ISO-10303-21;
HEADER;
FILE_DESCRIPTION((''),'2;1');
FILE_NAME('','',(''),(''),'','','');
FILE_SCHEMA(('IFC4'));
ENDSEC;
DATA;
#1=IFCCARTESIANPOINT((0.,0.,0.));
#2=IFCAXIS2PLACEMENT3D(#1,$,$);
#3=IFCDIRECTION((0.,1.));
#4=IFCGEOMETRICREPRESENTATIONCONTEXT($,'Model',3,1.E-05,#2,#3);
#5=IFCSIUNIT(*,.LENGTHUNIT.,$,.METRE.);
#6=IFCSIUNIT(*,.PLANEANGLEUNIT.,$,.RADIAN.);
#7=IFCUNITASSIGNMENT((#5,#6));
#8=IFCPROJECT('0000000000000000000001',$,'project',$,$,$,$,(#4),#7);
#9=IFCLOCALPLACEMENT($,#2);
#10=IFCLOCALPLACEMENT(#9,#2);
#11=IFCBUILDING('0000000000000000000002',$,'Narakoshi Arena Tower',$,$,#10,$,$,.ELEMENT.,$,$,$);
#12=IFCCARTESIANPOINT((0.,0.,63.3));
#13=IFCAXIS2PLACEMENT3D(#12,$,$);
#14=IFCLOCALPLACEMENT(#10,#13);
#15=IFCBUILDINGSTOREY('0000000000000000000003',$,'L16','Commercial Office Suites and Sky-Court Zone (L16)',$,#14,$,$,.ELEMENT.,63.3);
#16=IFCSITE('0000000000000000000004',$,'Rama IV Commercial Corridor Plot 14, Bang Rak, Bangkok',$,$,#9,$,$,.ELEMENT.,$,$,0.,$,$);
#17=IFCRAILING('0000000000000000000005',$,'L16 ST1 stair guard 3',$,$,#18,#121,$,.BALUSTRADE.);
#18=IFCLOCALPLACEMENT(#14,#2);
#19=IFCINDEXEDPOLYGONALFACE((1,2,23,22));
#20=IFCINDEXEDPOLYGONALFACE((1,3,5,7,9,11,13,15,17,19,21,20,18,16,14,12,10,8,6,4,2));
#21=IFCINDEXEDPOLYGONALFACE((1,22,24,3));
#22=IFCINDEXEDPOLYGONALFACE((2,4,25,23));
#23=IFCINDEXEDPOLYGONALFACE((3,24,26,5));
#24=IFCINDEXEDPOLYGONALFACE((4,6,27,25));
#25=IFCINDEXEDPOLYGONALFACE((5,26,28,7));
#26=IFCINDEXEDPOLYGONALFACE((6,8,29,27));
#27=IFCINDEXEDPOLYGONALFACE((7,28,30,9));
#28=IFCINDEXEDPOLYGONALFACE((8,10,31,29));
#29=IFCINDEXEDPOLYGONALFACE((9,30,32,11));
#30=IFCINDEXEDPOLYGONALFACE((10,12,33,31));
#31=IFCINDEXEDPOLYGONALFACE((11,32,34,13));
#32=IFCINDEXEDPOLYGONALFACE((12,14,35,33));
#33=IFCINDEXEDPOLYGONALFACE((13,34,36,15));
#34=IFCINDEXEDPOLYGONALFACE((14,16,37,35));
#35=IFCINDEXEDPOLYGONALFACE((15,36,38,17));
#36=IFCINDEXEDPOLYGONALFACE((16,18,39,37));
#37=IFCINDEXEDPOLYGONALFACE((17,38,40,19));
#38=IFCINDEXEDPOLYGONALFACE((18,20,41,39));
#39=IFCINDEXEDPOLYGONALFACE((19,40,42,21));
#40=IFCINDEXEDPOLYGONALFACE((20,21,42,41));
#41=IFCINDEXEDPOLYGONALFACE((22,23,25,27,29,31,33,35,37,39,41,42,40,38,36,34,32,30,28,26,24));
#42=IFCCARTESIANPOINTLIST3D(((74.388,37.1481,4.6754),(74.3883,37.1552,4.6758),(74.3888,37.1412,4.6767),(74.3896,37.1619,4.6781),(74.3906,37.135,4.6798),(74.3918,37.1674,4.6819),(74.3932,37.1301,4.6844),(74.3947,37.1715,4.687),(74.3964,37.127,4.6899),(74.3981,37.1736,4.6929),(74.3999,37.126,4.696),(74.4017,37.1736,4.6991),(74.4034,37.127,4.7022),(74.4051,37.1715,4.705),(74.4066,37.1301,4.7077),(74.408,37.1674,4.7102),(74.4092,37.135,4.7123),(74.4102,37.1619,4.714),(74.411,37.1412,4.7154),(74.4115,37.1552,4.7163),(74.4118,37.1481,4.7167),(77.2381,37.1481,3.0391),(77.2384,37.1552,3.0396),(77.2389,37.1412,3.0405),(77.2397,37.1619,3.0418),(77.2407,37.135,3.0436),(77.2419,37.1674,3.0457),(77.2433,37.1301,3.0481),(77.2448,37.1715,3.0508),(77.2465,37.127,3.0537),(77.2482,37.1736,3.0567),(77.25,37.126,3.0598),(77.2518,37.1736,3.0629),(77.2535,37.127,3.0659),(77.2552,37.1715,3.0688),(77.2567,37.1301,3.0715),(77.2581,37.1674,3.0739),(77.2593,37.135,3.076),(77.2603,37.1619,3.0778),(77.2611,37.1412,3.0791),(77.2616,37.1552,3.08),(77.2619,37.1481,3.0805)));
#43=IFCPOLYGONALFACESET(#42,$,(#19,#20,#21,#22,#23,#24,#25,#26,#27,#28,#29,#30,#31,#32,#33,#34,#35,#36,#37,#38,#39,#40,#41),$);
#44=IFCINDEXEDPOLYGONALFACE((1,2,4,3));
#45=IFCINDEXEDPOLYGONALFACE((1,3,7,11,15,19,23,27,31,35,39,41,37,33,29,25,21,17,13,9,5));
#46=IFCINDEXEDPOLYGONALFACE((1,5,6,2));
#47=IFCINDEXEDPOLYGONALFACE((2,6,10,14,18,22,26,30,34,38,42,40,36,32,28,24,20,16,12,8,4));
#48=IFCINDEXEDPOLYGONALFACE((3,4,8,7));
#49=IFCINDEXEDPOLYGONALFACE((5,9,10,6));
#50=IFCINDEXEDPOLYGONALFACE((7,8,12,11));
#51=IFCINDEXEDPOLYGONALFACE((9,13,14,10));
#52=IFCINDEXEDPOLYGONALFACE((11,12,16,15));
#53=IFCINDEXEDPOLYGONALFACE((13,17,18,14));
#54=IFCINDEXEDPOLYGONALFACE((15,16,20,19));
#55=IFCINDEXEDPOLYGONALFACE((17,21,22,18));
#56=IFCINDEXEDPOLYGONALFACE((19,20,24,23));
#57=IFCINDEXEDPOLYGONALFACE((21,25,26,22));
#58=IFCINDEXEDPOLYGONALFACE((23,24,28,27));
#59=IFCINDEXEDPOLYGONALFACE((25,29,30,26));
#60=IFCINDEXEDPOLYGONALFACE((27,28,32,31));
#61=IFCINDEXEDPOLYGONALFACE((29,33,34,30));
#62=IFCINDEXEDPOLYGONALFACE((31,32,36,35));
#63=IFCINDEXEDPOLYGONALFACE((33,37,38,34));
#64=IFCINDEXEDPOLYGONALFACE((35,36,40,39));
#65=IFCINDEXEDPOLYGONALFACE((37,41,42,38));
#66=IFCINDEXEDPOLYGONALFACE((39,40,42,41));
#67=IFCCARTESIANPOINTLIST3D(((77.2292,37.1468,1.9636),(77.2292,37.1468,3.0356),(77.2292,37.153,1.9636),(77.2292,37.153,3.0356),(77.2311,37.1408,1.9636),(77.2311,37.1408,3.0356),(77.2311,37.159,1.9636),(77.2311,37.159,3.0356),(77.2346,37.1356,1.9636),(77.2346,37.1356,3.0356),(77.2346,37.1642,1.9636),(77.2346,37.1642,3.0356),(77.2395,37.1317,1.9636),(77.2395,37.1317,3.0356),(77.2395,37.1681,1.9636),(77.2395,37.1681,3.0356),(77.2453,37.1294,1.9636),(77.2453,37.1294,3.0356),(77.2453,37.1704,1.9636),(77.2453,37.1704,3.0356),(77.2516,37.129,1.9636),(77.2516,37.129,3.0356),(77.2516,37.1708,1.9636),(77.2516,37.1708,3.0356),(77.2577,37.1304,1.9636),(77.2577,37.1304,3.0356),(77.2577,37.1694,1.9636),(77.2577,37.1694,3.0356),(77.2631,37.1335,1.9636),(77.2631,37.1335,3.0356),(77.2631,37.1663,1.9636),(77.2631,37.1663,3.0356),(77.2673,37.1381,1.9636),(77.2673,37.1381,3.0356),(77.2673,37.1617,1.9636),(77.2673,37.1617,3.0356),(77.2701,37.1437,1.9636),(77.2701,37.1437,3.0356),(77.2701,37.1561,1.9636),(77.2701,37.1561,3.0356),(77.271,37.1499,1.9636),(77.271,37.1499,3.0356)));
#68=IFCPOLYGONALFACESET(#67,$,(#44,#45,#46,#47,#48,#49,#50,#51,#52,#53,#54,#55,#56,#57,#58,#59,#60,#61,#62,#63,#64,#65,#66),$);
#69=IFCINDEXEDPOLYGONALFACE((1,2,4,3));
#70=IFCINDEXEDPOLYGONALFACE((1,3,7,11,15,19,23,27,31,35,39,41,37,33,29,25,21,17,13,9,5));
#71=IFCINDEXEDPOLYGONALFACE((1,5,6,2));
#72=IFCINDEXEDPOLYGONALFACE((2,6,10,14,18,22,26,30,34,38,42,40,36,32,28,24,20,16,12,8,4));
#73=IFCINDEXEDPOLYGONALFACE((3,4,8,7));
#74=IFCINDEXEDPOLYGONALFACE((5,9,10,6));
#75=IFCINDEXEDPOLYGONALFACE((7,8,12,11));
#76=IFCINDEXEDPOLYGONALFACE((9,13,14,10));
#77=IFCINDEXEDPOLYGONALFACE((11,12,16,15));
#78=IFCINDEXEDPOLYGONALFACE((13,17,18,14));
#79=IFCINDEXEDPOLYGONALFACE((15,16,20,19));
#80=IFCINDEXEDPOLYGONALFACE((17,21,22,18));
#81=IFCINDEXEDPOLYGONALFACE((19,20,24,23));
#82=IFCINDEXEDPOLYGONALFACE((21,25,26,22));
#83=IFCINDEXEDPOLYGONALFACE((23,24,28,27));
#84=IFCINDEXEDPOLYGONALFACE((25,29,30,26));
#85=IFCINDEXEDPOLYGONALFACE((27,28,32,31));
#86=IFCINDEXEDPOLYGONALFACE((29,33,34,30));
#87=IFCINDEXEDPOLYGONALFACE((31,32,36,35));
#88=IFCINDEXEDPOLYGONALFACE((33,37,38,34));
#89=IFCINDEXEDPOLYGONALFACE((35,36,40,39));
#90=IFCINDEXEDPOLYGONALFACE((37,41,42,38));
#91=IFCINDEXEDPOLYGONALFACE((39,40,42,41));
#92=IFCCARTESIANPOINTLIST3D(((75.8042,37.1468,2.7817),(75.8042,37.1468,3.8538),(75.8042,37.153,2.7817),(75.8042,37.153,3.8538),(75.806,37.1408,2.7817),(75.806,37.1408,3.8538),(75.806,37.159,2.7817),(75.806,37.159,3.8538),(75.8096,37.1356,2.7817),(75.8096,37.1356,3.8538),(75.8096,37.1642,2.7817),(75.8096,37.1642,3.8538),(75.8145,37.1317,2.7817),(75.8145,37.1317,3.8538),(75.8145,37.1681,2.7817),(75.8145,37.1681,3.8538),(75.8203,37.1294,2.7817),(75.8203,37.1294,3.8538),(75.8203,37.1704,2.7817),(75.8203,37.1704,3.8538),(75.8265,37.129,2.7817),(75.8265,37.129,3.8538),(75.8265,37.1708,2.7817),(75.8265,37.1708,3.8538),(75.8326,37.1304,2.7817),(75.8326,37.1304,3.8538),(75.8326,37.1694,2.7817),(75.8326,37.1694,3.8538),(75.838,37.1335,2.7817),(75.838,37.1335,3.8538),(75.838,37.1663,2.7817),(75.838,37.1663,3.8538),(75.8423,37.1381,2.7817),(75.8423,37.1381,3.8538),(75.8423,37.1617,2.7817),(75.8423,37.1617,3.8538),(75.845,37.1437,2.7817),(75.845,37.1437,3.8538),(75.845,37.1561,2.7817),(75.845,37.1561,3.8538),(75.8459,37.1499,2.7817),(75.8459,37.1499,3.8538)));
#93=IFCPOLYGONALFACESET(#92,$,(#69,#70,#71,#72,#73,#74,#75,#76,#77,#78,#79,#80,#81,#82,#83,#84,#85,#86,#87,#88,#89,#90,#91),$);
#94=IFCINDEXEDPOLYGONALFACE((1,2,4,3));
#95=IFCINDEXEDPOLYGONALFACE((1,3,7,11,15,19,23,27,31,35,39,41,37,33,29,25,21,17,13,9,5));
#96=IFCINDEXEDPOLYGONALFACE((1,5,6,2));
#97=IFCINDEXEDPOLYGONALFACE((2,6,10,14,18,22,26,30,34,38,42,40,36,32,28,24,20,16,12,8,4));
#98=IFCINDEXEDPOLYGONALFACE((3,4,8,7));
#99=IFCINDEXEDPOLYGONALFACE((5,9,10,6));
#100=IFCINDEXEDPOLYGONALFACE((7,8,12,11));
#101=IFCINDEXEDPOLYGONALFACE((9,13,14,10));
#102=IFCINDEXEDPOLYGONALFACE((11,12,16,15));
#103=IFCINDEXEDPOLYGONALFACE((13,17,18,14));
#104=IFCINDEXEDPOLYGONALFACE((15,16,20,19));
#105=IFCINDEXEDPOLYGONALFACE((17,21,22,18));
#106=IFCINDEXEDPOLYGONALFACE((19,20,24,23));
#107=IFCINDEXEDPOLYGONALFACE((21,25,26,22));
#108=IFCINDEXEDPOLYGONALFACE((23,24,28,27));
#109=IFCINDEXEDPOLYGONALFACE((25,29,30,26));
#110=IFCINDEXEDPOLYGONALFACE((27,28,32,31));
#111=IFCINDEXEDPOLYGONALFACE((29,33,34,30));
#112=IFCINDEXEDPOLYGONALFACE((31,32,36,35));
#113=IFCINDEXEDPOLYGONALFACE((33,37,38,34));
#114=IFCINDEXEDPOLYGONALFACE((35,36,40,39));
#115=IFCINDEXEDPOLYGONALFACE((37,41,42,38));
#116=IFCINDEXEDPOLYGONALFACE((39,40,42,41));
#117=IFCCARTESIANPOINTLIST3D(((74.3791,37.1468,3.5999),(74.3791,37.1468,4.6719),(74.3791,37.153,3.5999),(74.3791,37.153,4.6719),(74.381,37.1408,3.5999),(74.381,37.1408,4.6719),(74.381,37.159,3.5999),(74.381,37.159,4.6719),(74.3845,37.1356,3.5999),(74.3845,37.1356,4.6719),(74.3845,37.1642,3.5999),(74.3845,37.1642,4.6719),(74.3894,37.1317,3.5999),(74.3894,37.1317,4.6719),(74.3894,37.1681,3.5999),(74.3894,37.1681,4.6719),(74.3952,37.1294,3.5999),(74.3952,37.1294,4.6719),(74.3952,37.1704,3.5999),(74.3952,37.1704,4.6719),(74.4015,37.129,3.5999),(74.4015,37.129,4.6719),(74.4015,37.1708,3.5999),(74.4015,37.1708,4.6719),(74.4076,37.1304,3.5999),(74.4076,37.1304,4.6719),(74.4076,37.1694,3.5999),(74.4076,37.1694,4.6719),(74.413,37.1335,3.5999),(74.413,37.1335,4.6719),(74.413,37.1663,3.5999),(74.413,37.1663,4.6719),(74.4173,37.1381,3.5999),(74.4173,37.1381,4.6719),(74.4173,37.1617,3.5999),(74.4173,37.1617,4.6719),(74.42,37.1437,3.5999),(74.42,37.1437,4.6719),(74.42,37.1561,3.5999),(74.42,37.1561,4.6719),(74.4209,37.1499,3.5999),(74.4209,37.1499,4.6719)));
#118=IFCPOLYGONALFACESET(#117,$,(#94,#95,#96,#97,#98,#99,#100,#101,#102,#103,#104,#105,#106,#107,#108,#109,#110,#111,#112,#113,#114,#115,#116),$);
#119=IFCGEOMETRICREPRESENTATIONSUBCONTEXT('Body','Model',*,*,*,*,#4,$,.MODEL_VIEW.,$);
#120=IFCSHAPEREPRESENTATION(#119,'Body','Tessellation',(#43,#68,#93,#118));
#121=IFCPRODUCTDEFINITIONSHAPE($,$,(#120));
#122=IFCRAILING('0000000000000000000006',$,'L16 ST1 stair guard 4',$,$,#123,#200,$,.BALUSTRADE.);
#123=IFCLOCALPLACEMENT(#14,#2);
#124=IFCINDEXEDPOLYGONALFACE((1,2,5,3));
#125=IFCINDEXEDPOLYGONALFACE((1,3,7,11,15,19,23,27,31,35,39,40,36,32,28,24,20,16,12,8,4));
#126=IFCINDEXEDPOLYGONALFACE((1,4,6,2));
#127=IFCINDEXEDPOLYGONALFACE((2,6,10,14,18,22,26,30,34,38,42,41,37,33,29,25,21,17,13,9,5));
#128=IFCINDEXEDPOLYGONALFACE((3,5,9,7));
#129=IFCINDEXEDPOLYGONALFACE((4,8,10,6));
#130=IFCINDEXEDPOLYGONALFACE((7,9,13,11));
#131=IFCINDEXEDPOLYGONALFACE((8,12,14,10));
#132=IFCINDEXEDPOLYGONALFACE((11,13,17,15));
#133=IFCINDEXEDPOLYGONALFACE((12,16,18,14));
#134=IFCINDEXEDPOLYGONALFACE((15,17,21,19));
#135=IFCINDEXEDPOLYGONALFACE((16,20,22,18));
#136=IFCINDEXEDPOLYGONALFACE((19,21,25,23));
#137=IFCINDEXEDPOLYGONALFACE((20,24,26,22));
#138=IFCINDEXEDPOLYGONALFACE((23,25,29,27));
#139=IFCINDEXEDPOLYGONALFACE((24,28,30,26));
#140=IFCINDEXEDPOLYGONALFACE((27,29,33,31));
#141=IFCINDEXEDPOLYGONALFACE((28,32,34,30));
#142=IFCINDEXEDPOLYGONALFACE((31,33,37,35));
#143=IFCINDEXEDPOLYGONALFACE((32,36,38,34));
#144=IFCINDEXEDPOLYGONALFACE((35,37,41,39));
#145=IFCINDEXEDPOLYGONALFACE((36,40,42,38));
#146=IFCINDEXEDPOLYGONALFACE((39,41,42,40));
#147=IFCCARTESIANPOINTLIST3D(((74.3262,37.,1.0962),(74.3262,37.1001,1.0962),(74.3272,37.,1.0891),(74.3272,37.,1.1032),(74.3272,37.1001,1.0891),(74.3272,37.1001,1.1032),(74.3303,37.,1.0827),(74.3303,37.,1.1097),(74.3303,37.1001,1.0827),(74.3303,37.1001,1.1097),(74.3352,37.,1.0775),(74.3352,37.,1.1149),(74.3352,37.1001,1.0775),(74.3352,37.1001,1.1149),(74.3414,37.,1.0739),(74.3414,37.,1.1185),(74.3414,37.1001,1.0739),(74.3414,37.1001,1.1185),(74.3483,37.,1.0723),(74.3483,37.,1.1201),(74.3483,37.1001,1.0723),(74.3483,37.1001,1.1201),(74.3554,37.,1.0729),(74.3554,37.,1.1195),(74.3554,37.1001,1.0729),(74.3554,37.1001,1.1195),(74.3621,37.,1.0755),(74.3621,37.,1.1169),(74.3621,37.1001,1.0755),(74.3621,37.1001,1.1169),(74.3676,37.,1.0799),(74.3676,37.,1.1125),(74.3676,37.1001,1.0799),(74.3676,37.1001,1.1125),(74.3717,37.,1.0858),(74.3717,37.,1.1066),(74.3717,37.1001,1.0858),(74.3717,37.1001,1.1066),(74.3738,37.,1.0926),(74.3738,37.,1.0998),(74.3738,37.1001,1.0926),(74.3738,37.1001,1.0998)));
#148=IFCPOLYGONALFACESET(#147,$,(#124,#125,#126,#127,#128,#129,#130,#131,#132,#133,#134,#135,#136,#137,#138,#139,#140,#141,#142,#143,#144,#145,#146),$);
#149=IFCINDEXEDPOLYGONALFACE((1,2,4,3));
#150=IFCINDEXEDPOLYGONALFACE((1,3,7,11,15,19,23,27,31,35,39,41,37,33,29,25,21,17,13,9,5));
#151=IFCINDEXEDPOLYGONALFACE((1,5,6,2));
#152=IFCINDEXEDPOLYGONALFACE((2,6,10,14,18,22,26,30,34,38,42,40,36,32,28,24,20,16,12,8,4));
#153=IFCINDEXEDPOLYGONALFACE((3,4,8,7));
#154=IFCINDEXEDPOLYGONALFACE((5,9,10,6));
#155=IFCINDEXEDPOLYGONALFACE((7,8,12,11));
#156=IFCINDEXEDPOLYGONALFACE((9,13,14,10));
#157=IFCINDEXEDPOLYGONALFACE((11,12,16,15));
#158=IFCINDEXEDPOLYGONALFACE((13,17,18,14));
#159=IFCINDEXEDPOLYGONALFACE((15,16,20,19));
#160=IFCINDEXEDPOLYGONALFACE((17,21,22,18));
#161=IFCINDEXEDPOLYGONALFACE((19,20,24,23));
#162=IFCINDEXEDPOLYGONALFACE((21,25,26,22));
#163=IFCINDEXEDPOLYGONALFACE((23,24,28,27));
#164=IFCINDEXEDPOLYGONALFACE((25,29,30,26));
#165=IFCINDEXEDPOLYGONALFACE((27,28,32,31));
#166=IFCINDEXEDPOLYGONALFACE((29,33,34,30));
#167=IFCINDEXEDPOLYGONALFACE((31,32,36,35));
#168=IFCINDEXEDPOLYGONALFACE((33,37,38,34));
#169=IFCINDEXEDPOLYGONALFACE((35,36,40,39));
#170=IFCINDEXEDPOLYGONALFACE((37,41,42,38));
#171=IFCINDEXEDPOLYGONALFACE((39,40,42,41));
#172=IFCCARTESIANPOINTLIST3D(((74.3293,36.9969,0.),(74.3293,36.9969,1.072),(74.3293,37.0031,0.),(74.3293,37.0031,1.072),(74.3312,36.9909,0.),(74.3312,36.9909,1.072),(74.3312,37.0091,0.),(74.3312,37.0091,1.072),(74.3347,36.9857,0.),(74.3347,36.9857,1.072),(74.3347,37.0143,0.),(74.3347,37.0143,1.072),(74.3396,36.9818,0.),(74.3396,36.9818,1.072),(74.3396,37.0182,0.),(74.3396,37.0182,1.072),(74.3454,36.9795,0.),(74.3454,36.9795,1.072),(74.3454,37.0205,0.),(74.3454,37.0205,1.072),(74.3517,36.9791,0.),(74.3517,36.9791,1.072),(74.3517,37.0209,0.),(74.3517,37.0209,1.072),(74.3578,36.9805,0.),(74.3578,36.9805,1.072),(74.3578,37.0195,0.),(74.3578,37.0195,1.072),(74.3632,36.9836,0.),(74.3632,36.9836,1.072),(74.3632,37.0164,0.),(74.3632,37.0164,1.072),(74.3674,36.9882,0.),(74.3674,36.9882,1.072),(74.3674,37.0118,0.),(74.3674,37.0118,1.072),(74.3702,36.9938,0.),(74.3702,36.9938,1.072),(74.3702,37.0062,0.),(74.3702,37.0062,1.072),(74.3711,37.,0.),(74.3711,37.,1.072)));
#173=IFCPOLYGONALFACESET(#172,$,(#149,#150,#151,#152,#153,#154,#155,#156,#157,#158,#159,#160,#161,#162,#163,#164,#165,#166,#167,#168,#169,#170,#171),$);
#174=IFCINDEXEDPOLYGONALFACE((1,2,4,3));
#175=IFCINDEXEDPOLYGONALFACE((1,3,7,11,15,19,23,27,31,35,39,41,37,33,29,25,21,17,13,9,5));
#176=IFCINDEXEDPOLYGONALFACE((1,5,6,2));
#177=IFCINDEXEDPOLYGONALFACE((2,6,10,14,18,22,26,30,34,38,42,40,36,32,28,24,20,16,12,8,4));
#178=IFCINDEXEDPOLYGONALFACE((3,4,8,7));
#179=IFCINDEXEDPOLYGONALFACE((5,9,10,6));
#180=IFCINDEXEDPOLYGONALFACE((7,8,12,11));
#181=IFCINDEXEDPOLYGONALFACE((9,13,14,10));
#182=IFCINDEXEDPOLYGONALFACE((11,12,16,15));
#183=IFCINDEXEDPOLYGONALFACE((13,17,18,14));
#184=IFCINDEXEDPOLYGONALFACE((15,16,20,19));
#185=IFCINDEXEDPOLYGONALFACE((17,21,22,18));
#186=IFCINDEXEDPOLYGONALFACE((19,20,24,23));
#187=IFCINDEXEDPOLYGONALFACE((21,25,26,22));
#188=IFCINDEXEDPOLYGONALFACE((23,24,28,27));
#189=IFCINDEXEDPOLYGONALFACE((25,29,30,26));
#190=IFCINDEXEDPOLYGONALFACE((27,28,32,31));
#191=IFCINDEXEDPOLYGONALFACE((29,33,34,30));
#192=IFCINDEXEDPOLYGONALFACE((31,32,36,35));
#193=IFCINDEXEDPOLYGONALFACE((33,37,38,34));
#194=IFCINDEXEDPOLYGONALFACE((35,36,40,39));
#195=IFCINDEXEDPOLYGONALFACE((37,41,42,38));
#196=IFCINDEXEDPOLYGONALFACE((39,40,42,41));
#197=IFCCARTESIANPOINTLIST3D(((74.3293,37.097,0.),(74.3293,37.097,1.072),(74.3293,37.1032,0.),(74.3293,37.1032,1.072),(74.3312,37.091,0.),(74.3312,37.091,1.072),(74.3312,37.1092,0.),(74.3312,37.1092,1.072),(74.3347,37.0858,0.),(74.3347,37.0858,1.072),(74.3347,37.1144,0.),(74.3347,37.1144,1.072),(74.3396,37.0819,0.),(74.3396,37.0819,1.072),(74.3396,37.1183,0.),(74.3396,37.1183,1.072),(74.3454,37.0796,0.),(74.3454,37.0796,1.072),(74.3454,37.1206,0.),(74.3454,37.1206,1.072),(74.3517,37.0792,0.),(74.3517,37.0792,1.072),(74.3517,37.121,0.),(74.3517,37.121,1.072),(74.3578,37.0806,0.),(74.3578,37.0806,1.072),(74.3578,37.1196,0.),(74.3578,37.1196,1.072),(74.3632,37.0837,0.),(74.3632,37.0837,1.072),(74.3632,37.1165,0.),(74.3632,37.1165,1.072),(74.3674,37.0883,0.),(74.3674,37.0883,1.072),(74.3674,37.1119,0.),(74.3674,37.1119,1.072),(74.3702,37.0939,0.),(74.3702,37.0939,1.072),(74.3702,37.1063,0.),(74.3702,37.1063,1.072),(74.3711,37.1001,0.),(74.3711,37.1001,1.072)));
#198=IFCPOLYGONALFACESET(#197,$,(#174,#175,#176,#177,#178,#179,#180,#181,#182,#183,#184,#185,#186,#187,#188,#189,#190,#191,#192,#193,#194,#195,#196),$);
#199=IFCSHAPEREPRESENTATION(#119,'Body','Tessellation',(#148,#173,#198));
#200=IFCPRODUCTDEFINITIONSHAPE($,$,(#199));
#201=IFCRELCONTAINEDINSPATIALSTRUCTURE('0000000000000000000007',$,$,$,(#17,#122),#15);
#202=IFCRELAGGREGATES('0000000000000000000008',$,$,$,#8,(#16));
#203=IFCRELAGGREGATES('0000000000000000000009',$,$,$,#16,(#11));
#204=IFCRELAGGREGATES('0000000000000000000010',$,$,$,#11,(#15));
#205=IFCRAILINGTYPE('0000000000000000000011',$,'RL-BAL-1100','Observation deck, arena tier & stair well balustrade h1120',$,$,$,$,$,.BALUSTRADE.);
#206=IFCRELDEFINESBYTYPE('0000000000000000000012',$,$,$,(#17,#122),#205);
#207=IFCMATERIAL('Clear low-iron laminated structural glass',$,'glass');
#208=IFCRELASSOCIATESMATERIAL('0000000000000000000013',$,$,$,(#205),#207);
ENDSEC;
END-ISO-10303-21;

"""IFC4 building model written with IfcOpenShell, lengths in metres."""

from ifc_helpers import new_model, si_unit, direction, frame, origin, origin_2d, place, context, subcontext, project, spatial, circle, extrude, material, type_object, element, save


model = new_model("IFC4")

# Units and contexts
model_context = context("Model", 3, precision=1e-05, world=origin(), true_north=direction((0.0, 1.0)))
body_context = subcontext(model_context, "Body", "Model", "MODEL_VIEW")
ifc_project = project(units=[si_unit("LENGTHUNIT", "METRE"), si_unit("PLANEANGLEUNIT", "RADIAN")], contexts=[model_context])

# Site, building, storey
site_placement = place(None, origin())
site = spatial("IfcSite", under=ifc_project, at=site_placement, Name="Rama IV Commercial Corridor Plot 14, Bang Rak, Bangkok", CompositionType="ELEMENT", RefElevation=0.0)
building_placement = place(site_placement, origin())
building = spatial("IfcBuilding", under=site, at=building_placement, Name="Narakoshi Arena Tower", CompositionType="ELEMENT")
storey_placement = place(building_placement, frame((0.0, 0.0, 63.3)))
storey = spatial("IfcBuildingStorey", under=building, at=storey_placement, Name="L16", Description="Commercial Office Suites and Sky-Court Zone (L16)", CompositionType="ELEMENT", Elevation=63.3)

# Railings
ifc_material_1 = material(Name="Clear low-iron laminated structural glass", Category="glass")
railing_type_1 = type_object("IfcRailingType", Name="RL-BAL-1100", Description="Observation deck, arena tier & stair well balustrade h1120", PredefinedType="BALUSTRADE", material=ifc_material_1)
railing_1_placement = place(storey_placement, frame((77.25, 37.1499, 1.9636)))
element("IfcRailing", 1, at=railing_1_placement, inside=storey, type_object=railing_type_1, Name="L16 ST1 stair guard 3", PredefinedType="BALUSTRADE", context=body_context, shape_type="SweptSolid", body=[
    extrude(circle(Radius=0.0239, at=origin_2d()), frame((0.0, 0.0, 1.0962), z_axis=(-0.867245, 0.0, 0.497882), x_axis=(0.0, -1.0, 0.0)), (0.0, 0.0, 1.0), 3.2864),
    extrude(circle(Radius=0.021, at=origin_2d()), origin(), (0.0, 0.0, 1.0), 1.072),
    extrude(circle(Radius=0.021, at=origin_2d()), frame((-1.425, 0.0, 0.8181)), (0.0, 0.0, 1.0), 1.072),
    extrude(circle(Radius=0.021, at=origin_2d()), frame((-2.8501, 0.0, 1.6362)), (0.0, 0.0, 1.0), 1.072),
])
railing_2_placement = place(storey_placement, frame((74.3501, 37.0, 0.0)))
element("IfcRailing", 2, at=railing_2_placement, inside=storey, type_object=railing_type_1, Name="L16 ST1 stair guard 4", PredefinedType="BALUSTRADE", context=body_context, shape_type="SweptSolid", body=[
    extrude(circle(Radius=0.0239, at=origin_2d()), frame((0.0, 0.0, 1.0962), z_axis=(0.0, 1.0, 0.0), x_axis=(-1.0, 0.0, 0.0)), (0.0, 0.0, 1.0), 0.1001),
    extrude(circle(Radius=0.021, at=origin_2d()), origin(), (0.0, 0.0, 1.0), 1.072),
    extrude(circle(Radius=0.021, at=origin_2d()), frame((0.0, 0.1001, 0.0)), (0.0, 0.0, 1.0), 1.072),
])

save(model, "model.ifc")
